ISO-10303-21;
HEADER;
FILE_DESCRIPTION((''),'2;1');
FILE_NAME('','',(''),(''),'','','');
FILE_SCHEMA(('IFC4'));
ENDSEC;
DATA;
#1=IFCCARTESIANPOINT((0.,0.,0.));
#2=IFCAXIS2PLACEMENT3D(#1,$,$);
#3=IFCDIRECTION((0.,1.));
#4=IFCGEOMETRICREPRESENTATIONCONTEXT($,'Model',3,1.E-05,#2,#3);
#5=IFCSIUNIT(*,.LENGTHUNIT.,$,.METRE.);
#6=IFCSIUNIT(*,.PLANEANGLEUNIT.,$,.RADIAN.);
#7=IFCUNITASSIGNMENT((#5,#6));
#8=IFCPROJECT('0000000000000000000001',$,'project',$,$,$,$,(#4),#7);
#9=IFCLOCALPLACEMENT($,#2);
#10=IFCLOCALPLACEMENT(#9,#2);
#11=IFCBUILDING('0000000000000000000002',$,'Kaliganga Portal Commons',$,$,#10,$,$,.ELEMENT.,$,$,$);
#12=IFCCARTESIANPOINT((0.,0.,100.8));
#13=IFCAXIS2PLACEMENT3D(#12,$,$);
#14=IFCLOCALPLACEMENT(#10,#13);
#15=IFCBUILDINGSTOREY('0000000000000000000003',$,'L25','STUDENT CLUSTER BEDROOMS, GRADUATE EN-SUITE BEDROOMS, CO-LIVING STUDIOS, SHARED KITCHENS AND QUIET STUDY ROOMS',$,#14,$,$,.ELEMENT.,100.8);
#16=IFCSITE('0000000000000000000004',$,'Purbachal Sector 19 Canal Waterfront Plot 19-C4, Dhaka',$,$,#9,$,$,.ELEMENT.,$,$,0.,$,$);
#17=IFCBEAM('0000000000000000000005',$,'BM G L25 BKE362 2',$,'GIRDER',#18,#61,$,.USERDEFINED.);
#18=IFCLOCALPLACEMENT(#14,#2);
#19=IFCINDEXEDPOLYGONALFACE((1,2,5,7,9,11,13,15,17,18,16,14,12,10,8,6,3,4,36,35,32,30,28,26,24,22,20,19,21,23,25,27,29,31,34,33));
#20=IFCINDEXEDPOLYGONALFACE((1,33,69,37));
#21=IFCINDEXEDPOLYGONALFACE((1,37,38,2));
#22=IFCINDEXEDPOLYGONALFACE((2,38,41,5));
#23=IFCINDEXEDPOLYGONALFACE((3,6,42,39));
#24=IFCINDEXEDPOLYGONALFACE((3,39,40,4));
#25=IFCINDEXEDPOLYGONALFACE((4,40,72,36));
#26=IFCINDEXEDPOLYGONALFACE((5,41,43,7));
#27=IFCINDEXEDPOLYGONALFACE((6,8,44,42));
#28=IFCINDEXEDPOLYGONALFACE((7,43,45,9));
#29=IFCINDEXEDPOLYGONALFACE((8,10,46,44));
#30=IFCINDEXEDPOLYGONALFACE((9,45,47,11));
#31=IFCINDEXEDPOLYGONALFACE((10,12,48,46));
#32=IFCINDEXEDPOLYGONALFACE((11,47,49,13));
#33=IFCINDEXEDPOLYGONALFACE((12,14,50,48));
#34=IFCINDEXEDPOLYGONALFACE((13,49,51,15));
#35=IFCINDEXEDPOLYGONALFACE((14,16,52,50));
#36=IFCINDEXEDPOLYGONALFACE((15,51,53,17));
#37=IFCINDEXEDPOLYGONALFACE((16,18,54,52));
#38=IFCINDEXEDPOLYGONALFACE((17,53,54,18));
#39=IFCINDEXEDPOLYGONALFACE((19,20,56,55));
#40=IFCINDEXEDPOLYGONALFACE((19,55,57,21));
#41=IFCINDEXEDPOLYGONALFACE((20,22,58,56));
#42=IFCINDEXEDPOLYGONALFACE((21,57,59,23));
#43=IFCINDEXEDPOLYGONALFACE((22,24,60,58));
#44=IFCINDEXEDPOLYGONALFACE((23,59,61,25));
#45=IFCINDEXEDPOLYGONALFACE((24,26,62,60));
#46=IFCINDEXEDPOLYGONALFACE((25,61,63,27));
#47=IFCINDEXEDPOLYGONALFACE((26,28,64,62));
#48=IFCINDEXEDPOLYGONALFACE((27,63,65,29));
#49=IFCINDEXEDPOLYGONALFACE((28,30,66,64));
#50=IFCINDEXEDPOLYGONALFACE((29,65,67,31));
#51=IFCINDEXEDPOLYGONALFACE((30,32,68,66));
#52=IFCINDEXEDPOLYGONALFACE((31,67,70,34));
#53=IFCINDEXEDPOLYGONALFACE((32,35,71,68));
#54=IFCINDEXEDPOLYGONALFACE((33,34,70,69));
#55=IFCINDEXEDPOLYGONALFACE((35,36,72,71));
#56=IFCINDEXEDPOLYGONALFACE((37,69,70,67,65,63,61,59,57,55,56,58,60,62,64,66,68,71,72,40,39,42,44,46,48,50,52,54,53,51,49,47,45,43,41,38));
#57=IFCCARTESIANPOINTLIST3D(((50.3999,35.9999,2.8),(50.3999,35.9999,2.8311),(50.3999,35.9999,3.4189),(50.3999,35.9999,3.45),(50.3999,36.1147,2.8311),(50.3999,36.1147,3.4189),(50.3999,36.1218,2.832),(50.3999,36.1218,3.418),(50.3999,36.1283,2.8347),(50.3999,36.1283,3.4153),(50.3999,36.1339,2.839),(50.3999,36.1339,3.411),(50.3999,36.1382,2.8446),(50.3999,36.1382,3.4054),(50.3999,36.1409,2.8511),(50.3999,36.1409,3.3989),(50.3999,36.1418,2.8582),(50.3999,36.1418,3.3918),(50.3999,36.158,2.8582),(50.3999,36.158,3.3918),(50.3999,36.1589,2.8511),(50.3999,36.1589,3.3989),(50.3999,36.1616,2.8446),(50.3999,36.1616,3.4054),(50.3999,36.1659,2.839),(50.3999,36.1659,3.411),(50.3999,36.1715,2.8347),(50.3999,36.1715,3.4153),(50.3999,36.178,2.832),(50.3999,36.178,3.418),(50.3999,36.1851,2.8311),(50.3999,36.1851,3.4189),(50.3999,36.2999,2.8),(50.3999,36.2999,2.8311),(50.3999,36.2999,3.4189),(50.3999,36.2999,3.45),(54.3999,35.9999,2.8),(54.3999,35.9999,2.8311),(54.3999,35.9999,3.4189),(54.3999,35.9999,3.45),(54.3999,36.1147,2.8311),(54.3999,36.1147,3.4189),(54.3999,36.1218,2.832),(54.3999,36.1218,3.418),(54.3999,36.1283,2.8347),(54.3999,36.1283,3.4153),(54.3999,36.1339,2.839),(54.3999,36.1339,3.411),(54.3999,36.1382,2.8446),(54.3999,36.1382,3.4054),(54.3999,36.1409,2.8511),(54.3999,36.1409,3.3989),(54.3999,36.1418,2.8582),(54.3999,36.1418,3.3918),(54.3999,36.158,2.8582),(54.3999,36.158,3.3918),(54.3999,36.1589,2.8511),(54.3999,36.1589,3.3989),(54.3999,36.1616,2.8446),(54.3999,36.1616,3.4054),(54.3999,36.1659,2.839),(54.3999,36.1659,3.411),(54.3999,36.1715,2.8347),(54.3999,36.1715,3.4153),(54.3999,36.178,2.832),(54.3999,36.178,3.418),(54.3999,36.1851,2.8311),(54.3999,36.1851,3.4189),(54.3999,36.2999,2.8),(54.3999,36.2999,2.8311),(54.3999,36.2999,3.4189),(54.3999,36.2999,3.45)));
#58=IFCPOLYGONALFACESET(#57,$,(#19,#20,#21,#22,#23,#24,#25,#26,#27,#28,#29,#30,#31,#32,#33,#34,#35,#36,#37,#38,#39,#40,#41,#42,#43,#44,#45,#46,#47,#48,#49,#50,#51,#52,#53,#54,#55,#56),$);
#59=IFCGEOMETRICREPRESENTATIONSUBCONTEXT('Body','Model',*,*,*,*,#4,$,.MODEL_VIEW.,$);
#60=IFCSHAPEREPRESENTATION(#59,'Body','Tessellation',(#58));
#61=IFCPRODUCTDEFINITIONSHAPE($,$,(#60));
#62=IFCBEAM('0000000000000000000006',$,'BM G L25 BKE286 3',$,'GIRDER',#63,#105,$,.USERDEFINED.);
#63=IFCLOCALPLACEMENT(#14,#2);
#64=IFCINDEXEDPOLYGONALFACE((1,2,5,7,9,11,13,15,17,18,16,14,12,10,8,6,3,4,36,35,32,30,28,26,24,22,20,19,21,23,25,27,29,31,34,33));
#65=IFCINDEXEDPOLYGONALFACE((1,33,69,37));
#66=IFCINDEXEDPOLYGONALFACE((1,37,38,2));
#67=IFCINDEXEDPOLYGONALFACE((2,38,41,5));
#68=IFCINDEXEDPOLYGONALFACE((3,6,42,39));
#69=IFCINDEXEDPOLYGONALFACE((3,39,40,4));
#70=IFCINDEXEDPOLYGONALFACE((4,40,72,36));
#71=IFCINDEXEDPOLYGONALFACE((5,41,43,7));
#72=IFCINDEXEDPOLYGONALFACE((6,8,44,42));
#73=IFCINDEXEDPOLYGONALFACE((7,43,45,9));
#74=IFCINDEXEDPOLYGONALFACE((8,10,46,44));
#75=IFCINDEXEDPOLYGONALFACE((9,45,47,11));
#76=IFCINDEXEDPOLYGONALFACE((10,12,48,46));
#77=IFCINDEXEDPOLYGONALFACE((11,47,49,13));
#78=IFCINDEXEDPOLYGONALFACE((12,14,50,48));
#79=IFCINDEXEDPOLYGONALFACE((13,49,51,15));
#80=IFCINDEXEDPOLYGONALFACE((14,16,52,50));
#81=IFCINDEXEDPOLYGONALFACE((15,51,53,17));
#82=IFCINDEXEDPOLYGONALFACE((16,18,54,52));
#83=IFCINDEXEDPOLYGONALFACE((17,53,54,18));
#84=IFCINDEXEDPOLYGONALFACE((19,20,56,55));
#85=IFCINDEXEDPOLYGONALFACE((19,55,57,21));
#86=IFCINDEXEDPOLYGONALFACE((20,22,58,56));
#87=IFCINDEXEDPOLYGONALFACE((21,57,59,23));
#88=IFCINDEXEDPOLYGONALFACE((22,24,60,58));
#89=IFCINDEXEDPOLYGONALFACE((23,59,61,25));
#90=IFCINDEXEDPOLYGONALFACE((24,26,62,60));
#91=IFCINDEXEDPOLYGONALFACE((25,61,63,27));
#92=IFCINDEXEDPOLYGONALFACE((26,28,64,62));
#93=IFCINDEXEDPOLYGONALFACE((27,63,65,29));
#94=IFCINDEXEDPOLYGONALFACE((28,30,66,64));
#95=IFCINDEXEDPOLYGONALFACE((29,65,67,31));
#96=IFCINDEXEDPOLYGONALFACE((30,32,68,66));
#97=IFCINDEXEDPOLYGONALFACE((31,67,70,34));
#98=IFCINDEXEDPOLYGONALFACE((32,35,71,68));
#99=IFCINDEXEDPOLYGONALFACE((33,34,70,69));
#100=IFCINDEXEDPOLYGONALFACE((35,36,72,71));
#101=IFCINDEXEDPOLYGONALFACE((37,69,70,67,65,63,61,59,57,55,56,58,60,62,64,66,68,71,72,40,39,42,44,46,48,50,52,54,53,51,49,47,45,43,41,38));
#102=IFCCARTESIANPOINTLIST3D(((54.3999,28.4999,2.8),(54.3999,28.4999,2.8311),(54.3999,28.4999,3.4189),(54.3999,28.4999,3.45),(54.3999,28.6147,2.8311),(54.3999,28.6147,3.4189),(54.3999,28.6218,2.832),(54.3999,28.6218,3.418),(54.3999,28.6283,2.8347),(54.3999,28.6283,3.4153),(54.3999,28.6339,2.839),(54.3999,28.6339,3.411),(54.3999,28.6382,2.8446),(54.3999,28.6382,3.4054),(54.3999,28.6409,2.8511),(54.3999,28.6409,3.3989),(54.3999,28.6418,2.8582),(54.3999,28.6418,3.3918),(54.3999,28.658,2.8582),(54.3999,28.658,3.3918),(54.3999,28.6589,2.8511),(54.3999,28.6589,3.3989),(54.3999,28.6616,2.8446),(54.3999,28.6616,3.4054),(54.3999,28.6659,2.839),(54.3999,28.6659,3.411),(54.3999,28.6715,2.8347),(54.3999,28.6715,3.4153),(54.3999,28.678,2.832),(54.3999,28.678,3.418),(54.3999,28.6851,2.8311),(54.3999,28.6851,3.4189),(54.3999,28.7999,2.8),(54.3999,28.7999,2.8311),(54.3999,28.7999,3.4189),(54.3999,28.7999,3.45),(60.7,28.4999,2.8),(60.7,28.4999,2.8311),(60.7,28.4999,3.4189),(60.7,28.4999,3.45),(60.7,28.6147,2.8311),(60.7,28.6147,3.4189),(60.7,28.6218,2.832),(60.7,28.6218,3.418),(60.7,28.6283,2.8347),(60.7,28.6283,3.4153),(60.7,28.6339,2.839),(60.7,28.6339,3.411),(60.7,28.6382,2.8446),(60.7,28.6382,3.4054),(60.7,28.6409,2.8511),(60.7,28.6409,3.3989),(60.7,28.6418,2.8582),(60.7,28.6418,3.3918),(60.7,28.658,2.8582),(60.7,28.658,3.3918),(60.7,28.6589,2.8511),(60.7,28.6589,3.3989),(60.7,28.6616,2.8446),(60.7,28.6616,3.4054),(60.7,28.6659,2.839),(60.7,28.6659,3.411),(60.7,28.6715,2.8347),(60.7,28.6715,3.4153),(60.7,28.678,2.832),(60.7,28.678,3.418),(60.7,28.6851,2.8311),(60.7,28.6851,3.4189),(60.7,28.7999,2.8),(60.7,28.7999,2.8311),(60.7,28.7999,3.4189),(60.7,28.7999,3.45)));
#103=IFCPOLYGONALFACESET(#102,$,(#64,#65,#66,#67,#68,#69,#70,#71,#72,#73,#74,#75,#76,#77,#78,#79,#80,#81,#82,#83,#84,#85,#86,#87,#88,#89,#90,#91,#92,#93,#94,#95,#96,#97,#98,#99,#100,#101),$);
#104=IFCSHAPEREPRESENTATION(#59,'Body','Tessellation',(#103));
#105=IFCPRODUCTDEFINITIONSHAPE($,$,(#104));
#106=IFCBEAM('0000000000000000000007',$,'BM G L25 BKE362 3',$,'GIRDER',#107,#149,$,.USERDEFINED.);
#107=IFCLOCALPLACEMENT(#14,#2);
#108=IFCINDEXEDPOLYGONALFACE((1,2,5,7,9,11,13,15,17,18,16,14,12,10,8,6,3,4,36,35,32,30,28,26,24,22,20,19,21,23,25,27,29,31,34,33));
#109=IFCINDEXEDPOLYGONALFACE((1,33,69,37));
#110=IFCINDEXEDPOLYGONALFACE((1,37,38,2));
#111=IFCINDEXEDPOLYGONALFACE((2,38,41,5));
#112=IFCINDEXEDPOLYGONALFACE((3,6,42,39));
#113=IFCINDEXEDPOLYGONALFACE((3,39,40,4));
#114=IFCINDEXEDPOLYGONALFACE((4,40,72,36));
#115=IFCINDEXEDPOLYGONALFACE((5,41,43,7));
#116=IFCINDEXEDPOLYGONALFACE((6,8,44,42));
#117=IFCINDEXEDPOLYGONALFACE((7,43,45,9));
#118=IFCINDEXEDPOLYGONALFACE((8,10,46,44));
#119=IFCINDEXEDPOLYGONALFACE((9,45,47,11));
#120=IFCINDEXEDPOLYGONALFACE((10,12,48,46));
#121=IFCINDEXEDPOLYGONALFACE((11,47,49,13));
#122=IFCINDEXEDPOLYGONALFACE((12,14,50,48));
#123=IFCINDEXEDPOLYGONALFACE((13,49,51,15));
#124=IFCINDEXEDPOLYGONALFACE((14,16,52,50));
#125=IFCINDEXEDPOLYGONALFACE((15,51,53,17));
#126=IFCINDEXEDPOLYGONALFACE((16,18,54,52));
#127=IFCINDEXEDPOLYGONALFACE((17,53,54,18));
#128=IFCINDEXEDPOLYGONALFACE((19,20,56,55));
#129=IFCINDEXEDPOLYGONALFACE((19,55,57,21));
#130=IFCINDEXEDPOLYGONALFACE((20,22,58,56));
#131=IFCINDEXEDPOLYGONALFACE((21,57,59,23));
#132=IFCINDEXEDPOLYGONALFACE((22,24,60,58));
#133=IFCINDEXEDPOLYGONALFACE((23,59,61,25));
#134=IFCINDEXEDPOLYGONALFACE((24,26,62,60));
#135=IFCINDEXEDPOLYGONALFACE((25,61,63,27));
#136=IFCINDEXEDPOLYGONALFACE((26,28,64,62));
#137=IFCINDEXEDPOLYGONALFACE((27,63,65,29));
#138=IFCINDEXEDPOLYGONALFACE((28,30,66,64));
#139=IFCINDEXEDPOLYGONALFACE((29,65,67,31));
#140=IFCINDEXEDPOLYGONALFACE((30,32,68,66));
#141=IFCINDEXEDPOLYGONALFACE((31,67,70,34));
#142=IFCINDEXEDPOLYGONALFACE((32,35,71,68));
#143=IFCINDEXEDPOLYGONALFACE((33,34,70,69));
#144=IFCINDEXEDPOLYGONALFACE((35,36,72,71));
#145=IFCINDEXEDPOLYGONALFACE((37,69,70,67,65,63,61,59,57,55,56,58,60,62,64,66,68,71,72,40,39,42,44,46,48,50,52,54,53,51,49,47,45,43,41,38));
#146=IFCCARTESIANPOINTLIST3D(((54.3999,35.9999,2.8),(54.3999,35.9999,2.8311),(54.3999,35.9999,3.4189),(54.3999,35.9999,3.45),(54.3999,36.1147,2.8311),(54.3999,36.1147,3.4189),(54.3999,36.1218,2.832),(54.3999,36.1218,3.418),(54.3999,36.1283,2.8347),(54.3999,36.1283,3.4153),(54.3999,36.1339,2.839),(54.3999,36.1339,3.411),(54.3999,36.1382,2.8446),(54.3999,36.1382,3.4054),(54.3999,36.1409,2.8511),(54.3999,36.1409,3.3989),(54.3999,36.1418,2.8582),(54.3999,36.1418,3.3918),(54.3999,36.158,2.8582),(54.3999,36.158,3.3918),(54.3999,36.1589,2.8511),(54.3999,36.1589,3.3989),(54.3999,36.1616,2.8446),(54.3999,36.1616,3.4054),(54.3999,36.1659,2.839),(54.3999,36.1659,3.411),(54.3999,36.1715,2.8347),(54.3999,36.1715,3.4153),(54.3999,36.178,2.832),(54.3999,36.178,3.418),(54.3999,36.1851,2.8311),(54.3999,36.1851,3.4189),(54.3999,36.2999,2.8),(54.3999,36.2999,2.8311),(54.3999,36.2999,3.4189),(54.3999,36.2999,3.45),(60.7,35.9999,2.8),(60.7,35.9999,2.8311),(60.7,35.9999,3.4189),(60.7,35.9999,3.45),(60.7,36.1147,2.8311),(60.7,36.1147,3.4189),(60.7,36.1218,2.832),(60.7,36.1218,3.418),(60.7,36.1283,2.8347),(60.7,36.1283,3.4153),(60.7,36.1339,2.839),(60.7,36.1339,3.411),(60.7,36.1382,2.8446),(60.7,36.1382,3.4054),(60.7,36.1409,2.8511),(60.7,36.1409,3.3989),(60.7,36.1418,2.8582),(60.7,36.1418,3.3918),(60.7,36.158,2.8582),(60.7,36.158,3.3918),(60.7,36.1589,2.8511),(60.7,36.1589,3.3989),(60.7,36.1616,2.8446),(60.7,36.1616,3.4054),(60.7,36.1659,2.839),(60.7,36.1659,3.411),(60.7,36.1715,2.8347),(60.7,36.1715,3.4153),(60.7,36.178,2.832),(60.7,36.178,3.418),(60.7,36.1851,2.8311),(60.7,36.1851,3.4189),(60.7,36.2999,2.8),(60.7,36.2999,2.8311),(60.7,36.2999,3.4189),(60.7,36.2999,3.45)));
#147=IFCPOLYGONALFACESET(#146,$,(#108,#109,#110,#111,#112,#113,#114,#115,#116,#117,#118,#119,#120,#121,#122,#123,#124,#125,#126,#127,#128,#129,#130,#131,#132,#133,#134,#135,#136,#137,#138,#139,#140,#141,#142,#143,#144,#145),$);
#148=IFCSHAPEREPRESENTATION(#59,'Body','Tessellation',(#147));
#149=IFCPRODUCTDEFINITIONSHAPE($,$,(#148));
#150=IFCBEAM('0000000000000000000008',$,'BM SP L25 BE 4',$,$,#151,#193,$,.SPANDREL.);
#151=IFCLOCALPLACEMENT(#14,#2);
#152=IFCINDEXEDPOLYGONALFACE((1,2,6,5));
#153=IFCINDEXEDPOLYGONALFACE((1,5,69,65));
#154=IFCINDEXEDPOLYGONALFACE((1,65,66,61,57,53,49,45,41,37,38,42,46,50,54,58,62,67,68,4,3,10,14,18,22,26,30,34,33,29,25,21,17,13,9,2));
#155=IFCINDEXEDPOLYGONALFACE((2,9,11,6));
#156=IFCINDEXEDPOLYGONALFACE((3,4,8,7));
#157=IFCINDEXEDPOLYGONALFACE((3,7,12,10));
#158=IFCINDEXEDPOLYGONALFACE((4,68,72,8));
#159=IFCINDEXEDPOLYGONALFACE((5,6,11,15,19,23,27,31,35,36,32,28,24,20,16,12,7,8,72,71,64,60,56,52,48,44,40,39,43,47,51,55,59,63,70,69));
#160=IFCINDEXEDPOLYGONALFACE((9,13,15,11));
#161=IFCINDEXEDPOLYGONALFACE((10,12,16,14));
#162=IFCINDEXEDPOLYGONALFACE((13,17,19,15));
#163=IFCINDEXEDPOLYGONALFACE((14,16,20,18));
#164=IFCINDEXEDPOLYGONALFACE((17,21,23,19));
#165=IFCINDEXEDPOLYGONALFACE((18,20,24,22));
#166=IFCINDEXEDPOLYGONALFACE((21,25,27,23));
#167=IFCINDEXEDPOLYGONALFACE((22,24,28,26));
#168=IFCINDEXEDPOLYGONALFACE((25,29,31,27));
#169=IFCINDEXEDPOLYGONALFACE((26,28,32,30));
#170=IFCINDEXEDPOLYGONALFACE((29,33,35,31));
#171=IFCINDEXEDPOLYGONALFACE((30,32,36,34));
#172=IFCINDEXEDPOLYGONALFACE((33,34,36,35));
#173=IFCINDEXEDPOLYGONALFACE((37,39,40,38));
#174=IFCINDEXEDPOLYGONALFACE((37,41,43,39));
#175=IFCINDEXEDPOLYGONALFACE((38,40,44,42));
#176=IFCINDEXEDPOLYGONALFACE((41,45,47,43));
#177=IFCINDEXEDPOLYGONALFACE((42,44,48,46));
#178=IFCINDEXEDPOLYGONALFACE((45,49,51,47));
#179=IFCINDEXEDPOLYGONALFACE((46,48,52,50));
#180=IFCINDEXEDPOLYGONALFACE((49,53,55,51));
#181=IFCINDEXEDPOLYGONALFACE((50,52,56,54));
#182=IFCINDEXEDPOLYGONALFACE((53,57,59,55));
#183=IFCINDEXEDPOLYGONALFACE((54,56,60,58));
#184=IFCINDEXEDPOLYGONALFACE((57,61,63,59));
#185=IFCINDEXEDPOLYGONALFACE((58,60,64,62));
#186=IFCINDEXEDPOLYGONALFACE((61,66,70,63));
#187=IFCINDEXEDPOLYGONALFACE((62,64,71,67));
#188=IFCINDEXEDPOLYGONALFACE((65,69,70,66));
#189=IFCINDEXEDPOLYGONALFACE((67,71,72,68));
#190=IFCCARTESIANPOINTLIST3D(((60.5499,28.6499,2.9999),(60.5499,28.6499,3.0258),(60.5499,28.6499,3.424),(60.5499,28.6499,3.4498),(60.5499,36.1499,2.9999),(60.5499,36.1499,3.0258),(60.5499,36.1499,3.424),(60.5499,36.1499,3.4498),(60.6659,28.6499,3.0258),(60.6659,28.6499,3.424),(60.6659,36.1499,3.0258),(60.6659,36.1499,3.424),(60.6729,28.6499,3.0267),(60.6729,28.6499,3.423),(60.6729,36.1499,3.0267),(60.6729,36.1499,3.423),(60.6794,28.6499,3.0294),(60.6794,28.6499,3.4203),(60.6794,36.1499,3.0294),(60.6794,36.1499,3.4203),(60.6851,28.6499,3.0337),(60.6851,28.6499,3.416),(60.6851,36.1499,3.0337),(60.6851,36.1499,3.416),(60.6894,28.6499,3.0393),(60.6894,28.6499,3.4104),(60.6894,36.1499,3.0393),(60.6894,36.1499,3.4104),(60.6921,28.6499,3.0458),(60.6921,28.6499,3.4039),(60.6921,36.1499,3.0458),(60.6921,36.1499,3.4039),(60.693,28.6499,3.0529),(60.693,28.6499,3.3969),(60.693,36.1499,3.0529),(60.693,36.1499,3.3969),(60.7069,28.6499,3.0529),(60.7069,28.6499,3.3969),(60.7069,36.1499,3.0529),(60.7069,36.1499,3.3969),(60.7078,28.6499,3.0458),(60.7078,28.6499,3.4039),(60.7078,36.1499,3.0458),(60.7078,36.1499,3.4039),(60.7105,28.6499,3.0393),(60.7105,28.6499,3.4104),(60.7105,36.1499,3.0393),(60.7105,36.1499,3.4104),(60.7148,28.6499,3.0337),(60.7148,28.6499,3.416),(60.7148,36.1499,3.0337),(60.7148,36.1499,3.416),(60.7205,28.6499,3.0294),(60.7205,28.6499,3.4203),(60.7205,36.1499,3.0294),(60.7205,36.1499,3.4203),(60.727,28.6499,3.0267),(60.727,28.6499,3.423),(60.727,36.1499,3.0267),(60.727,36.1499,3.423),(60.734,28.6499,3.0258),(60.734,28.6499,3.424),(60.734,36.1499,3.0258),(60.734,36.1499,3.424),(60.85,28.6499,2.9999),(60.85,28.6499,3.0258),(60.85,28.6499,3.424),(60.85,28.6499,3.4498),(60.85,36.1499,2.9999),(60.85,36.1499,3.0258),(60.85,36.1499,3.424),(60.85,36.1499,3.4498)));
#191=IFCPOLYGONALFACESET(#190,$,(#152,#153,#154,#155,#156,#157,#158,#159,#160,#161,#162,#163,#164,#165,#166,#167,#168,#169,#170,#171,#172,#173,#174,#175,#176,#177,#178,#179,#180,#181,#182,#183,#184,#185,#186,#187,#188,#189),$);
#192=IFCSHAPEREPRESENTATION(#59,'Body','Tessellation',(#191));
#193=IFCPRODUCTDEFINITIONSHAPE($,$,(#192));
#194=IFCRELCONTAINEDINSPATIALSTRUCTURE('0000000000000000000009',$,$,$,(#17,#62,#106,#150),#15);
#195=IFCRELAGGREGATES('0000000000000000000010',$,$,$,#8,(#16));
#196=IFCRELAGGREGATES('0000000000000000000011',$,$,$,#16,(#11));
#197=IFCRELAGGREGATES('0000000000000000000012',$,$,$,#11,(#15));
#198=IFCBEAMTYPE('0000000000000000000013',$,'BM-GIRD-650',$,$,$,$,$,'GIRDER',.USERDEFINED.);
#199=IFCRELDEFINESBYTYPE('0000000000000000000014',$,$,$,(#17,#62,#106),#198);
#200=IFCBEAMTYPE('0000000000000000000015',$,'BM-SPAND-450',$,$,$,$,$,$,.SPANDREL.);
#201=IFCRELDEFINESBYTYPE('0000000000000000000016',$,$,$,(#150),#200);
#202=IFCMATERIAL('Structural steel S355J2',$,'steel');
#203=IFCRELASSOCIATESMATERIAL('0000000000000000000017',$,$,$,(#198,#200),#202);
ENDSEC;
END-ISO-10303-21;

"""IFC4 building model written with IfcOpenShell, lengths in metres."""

from ifc_helpers import new_model, si_unit, direction, frame, origin, origin_2d, place, context, subcontext, project, spatial, i_section, extrude, source, transform, mapped, material, material_profile, profile_set, type_object, element, save


model = new_model("IFC4")

# Units and contexts
model_context = context("Model", 3, precision=1e-05, world=origin(), true_north=direction((0.0, 1.0)))
body_context = subcontext(model_context, "Body", "Model", "MODEL_VIEW")
ifc_project = project(units=[si_unit("LENGTHUNIT", "METRE"), si_unit("PLANEANGLEUNIT", "RADIAN")], contexts=[model_context])

# Site, building, storey
site_placement = place(None, origin())
site = spatial("IfcSite", under=ifc_project, at=site_placement, Name="Purbachal Sector 19 Canal Waterfront Plot 19-C4, Dhaka", CompositionType="ELEMENT", RefElevation=0.0)
building_placement = place(site_placement, origin())
building = spatial("IfcBuilding", under=site, at=building_placement, Name="Kaliganga Portal Commons", CompositionType="ELEMENT")
storey_placement = place(building_placement, frame((0.0, 0.0, 100.8)))
storey = spatial("IfcBuildingStorey", under=building, at=storey_placement, Name="L25", Description="STUDENT CLUSTER BEDROOMS, GRADUATE EN-SUITE BEDROOMS, CO-LIVING STUDIOS, SHARED KITCHENS AND QUIET STUDY ROOMS", CompositionType="ELEMENT", Elevation=100.8)

# Beams
ifc_material_1 = material(Name="Structural steel S355J2", Category="steel")
ifc_material_profile_1 = material_profile(ifc_material_1, i_section(OverallWidth=0.3, OverallDepth=0.6499, WebThickness=0.0161, FlangeThickness=0.031, FilletRadius=0.0271, at=origin_2d()), Name="HE 650 B")
ifc_profile_set_1 = profile_set([ifc_material_profile_1], Name="Structural steel S355J2 wide-flange")
beam_type_1 = type_object("IfcBeamType", Name="BM-GIRD-650", ElementType="GIRDER", PredefinedType="USERDEFINED", material=ifc_profile_set_1)
shared_shape_1 = source(origin(), body_context, "Body", "SweptSolid", [
    extrude(i_section(OverallWidth=0.3, OverallDepth=0.6499, WebThickness=0.0161, FlangeThickness=0.031, FilletRadius=0.0271, at=origin_2d()), origin(), (0.0, 0.0, 1.0), 4.0),
])
for number, where, z_axis, x_axis, name in (
    (1, (50.3999, 36.1499, 3.125), (1.0, 0.0, 0.0), (0.0, 1.0, 0.0), "BM G L25 BKE362 2"),
):
    element("IfcBeam", number, at=place(storey_placement, frame(where, z_axis=z_axis, x_axis=x_axis)), inside=storey, type_object=beam_type_1, Name=name, ObjectType="GIRDER", PredefinedType="USERDEFINED", context=body_context, shape_type="MappedRepresentation", body=[
        mapped(shared_shape_1, transform((0.0, 0.0, 0.0), x_axis=(1.0, 0.0, 0.0), y_axis=(0.0, 1.0, 0.0), z_axis=(0.0, 0.0, 1.0), scale=1.0)),
    ])
shared_shape_2 = source(origin(), body_context, "Body", "SweptSolid", [
    extrude(i_section(OverallWidth=0.3, OverallDepth=0.6499, WebThickness=0.0161, FlangeThickness=0.031, FilletRadius=0.0271, at=origin_2d()), origin(), (0.0, 0.0, 1.0), 6.3),
])
for number, where, z_axis, x_axis, name in (
    (2, (54.3999, 28.6499, 3.125), (1.0, 0.0, 0.0), (0.0, 1.0, 0.0), "BM G L25 BKE286 3"),
    (3, (54.3999, 36.1499, 3.125), (1.0, 0.0, 0.0), (0.0, 1.0, 0.0), "BM G L25 BKE362 3"),
):
    element("IfcBeam", number, at=place(storey_placement, frame(where, z_axis=z_axis, x_axis=x_axis)), inside=storey, type_object=beam_type_1, Name=name, ObjectType="GIRDER", PredefinedType="USERDEFINED", context=body_context, shape_type="MappedRepresentation", body=[
        mapped(shared_shape_2, transform((0.0, 0.0, 0.0), x_axis=(1.0, 0.0, 0.0), y_axis=(0.0, 1.0, 0.0), z_axis=(0.0, 0.0, 1.0), scale=1.0)),
    ])
ifc_material_profile_2 = material_profile(ifc_material_1, i_section(OverallWidth=0.3, OverallDepth=0.45, WebThickness=0.0139, FlangeThickness=0.0259, FilletRadius=0.0271, at=origin_2d()), Name="HE 450 B")
ifc_profile_set_2 = profile_set([ifc_material_profile_2], Name="Structural steel S355J2 wide-flange")
beam_type_2 = type_object("IfcBeamType", Name="BM-SPAND-450", PredefinedType="SPANDREL", material=ifc_profile_set_2)
shared_shape_3 = source(origin(), body_context, "Body", "SweptSolid", [
    extrude(i_section(OverallWidth=0.3, OverallDepth=0.45, WebThickness=0.0139, FlangeThickness=0.0259, FilletRadius=0.0271, at=origin_2d()), origin(), (0.0, 0.0, 1.0), 7.5),
])
beam_placement = place(storey_placement, frame((60.7, 28.6499, 3.2249), z_axis=(0.0, 1.0, 0.0), x_axis=(-1.0, 0.0, 0.0)))
element("IfcBeam", 4, at=beam_placement, inside=storey, type_object=beam_type_2, Name="BM SP L25 BE 4", PredefinedType="SPANDREL", context=body_context, shape_type="MappedRepresentation", body=[
    mapped(shared_shape_3, transform((0.0, 0.0, 0.0), x_axis=(1.0, 0.0, 0.0), y_axis=(0.0, 1.0, 0.0), z_axis=(0.0, 0.0, 1.0), scale=1.0)),
])

save(model, "model.ifc")
